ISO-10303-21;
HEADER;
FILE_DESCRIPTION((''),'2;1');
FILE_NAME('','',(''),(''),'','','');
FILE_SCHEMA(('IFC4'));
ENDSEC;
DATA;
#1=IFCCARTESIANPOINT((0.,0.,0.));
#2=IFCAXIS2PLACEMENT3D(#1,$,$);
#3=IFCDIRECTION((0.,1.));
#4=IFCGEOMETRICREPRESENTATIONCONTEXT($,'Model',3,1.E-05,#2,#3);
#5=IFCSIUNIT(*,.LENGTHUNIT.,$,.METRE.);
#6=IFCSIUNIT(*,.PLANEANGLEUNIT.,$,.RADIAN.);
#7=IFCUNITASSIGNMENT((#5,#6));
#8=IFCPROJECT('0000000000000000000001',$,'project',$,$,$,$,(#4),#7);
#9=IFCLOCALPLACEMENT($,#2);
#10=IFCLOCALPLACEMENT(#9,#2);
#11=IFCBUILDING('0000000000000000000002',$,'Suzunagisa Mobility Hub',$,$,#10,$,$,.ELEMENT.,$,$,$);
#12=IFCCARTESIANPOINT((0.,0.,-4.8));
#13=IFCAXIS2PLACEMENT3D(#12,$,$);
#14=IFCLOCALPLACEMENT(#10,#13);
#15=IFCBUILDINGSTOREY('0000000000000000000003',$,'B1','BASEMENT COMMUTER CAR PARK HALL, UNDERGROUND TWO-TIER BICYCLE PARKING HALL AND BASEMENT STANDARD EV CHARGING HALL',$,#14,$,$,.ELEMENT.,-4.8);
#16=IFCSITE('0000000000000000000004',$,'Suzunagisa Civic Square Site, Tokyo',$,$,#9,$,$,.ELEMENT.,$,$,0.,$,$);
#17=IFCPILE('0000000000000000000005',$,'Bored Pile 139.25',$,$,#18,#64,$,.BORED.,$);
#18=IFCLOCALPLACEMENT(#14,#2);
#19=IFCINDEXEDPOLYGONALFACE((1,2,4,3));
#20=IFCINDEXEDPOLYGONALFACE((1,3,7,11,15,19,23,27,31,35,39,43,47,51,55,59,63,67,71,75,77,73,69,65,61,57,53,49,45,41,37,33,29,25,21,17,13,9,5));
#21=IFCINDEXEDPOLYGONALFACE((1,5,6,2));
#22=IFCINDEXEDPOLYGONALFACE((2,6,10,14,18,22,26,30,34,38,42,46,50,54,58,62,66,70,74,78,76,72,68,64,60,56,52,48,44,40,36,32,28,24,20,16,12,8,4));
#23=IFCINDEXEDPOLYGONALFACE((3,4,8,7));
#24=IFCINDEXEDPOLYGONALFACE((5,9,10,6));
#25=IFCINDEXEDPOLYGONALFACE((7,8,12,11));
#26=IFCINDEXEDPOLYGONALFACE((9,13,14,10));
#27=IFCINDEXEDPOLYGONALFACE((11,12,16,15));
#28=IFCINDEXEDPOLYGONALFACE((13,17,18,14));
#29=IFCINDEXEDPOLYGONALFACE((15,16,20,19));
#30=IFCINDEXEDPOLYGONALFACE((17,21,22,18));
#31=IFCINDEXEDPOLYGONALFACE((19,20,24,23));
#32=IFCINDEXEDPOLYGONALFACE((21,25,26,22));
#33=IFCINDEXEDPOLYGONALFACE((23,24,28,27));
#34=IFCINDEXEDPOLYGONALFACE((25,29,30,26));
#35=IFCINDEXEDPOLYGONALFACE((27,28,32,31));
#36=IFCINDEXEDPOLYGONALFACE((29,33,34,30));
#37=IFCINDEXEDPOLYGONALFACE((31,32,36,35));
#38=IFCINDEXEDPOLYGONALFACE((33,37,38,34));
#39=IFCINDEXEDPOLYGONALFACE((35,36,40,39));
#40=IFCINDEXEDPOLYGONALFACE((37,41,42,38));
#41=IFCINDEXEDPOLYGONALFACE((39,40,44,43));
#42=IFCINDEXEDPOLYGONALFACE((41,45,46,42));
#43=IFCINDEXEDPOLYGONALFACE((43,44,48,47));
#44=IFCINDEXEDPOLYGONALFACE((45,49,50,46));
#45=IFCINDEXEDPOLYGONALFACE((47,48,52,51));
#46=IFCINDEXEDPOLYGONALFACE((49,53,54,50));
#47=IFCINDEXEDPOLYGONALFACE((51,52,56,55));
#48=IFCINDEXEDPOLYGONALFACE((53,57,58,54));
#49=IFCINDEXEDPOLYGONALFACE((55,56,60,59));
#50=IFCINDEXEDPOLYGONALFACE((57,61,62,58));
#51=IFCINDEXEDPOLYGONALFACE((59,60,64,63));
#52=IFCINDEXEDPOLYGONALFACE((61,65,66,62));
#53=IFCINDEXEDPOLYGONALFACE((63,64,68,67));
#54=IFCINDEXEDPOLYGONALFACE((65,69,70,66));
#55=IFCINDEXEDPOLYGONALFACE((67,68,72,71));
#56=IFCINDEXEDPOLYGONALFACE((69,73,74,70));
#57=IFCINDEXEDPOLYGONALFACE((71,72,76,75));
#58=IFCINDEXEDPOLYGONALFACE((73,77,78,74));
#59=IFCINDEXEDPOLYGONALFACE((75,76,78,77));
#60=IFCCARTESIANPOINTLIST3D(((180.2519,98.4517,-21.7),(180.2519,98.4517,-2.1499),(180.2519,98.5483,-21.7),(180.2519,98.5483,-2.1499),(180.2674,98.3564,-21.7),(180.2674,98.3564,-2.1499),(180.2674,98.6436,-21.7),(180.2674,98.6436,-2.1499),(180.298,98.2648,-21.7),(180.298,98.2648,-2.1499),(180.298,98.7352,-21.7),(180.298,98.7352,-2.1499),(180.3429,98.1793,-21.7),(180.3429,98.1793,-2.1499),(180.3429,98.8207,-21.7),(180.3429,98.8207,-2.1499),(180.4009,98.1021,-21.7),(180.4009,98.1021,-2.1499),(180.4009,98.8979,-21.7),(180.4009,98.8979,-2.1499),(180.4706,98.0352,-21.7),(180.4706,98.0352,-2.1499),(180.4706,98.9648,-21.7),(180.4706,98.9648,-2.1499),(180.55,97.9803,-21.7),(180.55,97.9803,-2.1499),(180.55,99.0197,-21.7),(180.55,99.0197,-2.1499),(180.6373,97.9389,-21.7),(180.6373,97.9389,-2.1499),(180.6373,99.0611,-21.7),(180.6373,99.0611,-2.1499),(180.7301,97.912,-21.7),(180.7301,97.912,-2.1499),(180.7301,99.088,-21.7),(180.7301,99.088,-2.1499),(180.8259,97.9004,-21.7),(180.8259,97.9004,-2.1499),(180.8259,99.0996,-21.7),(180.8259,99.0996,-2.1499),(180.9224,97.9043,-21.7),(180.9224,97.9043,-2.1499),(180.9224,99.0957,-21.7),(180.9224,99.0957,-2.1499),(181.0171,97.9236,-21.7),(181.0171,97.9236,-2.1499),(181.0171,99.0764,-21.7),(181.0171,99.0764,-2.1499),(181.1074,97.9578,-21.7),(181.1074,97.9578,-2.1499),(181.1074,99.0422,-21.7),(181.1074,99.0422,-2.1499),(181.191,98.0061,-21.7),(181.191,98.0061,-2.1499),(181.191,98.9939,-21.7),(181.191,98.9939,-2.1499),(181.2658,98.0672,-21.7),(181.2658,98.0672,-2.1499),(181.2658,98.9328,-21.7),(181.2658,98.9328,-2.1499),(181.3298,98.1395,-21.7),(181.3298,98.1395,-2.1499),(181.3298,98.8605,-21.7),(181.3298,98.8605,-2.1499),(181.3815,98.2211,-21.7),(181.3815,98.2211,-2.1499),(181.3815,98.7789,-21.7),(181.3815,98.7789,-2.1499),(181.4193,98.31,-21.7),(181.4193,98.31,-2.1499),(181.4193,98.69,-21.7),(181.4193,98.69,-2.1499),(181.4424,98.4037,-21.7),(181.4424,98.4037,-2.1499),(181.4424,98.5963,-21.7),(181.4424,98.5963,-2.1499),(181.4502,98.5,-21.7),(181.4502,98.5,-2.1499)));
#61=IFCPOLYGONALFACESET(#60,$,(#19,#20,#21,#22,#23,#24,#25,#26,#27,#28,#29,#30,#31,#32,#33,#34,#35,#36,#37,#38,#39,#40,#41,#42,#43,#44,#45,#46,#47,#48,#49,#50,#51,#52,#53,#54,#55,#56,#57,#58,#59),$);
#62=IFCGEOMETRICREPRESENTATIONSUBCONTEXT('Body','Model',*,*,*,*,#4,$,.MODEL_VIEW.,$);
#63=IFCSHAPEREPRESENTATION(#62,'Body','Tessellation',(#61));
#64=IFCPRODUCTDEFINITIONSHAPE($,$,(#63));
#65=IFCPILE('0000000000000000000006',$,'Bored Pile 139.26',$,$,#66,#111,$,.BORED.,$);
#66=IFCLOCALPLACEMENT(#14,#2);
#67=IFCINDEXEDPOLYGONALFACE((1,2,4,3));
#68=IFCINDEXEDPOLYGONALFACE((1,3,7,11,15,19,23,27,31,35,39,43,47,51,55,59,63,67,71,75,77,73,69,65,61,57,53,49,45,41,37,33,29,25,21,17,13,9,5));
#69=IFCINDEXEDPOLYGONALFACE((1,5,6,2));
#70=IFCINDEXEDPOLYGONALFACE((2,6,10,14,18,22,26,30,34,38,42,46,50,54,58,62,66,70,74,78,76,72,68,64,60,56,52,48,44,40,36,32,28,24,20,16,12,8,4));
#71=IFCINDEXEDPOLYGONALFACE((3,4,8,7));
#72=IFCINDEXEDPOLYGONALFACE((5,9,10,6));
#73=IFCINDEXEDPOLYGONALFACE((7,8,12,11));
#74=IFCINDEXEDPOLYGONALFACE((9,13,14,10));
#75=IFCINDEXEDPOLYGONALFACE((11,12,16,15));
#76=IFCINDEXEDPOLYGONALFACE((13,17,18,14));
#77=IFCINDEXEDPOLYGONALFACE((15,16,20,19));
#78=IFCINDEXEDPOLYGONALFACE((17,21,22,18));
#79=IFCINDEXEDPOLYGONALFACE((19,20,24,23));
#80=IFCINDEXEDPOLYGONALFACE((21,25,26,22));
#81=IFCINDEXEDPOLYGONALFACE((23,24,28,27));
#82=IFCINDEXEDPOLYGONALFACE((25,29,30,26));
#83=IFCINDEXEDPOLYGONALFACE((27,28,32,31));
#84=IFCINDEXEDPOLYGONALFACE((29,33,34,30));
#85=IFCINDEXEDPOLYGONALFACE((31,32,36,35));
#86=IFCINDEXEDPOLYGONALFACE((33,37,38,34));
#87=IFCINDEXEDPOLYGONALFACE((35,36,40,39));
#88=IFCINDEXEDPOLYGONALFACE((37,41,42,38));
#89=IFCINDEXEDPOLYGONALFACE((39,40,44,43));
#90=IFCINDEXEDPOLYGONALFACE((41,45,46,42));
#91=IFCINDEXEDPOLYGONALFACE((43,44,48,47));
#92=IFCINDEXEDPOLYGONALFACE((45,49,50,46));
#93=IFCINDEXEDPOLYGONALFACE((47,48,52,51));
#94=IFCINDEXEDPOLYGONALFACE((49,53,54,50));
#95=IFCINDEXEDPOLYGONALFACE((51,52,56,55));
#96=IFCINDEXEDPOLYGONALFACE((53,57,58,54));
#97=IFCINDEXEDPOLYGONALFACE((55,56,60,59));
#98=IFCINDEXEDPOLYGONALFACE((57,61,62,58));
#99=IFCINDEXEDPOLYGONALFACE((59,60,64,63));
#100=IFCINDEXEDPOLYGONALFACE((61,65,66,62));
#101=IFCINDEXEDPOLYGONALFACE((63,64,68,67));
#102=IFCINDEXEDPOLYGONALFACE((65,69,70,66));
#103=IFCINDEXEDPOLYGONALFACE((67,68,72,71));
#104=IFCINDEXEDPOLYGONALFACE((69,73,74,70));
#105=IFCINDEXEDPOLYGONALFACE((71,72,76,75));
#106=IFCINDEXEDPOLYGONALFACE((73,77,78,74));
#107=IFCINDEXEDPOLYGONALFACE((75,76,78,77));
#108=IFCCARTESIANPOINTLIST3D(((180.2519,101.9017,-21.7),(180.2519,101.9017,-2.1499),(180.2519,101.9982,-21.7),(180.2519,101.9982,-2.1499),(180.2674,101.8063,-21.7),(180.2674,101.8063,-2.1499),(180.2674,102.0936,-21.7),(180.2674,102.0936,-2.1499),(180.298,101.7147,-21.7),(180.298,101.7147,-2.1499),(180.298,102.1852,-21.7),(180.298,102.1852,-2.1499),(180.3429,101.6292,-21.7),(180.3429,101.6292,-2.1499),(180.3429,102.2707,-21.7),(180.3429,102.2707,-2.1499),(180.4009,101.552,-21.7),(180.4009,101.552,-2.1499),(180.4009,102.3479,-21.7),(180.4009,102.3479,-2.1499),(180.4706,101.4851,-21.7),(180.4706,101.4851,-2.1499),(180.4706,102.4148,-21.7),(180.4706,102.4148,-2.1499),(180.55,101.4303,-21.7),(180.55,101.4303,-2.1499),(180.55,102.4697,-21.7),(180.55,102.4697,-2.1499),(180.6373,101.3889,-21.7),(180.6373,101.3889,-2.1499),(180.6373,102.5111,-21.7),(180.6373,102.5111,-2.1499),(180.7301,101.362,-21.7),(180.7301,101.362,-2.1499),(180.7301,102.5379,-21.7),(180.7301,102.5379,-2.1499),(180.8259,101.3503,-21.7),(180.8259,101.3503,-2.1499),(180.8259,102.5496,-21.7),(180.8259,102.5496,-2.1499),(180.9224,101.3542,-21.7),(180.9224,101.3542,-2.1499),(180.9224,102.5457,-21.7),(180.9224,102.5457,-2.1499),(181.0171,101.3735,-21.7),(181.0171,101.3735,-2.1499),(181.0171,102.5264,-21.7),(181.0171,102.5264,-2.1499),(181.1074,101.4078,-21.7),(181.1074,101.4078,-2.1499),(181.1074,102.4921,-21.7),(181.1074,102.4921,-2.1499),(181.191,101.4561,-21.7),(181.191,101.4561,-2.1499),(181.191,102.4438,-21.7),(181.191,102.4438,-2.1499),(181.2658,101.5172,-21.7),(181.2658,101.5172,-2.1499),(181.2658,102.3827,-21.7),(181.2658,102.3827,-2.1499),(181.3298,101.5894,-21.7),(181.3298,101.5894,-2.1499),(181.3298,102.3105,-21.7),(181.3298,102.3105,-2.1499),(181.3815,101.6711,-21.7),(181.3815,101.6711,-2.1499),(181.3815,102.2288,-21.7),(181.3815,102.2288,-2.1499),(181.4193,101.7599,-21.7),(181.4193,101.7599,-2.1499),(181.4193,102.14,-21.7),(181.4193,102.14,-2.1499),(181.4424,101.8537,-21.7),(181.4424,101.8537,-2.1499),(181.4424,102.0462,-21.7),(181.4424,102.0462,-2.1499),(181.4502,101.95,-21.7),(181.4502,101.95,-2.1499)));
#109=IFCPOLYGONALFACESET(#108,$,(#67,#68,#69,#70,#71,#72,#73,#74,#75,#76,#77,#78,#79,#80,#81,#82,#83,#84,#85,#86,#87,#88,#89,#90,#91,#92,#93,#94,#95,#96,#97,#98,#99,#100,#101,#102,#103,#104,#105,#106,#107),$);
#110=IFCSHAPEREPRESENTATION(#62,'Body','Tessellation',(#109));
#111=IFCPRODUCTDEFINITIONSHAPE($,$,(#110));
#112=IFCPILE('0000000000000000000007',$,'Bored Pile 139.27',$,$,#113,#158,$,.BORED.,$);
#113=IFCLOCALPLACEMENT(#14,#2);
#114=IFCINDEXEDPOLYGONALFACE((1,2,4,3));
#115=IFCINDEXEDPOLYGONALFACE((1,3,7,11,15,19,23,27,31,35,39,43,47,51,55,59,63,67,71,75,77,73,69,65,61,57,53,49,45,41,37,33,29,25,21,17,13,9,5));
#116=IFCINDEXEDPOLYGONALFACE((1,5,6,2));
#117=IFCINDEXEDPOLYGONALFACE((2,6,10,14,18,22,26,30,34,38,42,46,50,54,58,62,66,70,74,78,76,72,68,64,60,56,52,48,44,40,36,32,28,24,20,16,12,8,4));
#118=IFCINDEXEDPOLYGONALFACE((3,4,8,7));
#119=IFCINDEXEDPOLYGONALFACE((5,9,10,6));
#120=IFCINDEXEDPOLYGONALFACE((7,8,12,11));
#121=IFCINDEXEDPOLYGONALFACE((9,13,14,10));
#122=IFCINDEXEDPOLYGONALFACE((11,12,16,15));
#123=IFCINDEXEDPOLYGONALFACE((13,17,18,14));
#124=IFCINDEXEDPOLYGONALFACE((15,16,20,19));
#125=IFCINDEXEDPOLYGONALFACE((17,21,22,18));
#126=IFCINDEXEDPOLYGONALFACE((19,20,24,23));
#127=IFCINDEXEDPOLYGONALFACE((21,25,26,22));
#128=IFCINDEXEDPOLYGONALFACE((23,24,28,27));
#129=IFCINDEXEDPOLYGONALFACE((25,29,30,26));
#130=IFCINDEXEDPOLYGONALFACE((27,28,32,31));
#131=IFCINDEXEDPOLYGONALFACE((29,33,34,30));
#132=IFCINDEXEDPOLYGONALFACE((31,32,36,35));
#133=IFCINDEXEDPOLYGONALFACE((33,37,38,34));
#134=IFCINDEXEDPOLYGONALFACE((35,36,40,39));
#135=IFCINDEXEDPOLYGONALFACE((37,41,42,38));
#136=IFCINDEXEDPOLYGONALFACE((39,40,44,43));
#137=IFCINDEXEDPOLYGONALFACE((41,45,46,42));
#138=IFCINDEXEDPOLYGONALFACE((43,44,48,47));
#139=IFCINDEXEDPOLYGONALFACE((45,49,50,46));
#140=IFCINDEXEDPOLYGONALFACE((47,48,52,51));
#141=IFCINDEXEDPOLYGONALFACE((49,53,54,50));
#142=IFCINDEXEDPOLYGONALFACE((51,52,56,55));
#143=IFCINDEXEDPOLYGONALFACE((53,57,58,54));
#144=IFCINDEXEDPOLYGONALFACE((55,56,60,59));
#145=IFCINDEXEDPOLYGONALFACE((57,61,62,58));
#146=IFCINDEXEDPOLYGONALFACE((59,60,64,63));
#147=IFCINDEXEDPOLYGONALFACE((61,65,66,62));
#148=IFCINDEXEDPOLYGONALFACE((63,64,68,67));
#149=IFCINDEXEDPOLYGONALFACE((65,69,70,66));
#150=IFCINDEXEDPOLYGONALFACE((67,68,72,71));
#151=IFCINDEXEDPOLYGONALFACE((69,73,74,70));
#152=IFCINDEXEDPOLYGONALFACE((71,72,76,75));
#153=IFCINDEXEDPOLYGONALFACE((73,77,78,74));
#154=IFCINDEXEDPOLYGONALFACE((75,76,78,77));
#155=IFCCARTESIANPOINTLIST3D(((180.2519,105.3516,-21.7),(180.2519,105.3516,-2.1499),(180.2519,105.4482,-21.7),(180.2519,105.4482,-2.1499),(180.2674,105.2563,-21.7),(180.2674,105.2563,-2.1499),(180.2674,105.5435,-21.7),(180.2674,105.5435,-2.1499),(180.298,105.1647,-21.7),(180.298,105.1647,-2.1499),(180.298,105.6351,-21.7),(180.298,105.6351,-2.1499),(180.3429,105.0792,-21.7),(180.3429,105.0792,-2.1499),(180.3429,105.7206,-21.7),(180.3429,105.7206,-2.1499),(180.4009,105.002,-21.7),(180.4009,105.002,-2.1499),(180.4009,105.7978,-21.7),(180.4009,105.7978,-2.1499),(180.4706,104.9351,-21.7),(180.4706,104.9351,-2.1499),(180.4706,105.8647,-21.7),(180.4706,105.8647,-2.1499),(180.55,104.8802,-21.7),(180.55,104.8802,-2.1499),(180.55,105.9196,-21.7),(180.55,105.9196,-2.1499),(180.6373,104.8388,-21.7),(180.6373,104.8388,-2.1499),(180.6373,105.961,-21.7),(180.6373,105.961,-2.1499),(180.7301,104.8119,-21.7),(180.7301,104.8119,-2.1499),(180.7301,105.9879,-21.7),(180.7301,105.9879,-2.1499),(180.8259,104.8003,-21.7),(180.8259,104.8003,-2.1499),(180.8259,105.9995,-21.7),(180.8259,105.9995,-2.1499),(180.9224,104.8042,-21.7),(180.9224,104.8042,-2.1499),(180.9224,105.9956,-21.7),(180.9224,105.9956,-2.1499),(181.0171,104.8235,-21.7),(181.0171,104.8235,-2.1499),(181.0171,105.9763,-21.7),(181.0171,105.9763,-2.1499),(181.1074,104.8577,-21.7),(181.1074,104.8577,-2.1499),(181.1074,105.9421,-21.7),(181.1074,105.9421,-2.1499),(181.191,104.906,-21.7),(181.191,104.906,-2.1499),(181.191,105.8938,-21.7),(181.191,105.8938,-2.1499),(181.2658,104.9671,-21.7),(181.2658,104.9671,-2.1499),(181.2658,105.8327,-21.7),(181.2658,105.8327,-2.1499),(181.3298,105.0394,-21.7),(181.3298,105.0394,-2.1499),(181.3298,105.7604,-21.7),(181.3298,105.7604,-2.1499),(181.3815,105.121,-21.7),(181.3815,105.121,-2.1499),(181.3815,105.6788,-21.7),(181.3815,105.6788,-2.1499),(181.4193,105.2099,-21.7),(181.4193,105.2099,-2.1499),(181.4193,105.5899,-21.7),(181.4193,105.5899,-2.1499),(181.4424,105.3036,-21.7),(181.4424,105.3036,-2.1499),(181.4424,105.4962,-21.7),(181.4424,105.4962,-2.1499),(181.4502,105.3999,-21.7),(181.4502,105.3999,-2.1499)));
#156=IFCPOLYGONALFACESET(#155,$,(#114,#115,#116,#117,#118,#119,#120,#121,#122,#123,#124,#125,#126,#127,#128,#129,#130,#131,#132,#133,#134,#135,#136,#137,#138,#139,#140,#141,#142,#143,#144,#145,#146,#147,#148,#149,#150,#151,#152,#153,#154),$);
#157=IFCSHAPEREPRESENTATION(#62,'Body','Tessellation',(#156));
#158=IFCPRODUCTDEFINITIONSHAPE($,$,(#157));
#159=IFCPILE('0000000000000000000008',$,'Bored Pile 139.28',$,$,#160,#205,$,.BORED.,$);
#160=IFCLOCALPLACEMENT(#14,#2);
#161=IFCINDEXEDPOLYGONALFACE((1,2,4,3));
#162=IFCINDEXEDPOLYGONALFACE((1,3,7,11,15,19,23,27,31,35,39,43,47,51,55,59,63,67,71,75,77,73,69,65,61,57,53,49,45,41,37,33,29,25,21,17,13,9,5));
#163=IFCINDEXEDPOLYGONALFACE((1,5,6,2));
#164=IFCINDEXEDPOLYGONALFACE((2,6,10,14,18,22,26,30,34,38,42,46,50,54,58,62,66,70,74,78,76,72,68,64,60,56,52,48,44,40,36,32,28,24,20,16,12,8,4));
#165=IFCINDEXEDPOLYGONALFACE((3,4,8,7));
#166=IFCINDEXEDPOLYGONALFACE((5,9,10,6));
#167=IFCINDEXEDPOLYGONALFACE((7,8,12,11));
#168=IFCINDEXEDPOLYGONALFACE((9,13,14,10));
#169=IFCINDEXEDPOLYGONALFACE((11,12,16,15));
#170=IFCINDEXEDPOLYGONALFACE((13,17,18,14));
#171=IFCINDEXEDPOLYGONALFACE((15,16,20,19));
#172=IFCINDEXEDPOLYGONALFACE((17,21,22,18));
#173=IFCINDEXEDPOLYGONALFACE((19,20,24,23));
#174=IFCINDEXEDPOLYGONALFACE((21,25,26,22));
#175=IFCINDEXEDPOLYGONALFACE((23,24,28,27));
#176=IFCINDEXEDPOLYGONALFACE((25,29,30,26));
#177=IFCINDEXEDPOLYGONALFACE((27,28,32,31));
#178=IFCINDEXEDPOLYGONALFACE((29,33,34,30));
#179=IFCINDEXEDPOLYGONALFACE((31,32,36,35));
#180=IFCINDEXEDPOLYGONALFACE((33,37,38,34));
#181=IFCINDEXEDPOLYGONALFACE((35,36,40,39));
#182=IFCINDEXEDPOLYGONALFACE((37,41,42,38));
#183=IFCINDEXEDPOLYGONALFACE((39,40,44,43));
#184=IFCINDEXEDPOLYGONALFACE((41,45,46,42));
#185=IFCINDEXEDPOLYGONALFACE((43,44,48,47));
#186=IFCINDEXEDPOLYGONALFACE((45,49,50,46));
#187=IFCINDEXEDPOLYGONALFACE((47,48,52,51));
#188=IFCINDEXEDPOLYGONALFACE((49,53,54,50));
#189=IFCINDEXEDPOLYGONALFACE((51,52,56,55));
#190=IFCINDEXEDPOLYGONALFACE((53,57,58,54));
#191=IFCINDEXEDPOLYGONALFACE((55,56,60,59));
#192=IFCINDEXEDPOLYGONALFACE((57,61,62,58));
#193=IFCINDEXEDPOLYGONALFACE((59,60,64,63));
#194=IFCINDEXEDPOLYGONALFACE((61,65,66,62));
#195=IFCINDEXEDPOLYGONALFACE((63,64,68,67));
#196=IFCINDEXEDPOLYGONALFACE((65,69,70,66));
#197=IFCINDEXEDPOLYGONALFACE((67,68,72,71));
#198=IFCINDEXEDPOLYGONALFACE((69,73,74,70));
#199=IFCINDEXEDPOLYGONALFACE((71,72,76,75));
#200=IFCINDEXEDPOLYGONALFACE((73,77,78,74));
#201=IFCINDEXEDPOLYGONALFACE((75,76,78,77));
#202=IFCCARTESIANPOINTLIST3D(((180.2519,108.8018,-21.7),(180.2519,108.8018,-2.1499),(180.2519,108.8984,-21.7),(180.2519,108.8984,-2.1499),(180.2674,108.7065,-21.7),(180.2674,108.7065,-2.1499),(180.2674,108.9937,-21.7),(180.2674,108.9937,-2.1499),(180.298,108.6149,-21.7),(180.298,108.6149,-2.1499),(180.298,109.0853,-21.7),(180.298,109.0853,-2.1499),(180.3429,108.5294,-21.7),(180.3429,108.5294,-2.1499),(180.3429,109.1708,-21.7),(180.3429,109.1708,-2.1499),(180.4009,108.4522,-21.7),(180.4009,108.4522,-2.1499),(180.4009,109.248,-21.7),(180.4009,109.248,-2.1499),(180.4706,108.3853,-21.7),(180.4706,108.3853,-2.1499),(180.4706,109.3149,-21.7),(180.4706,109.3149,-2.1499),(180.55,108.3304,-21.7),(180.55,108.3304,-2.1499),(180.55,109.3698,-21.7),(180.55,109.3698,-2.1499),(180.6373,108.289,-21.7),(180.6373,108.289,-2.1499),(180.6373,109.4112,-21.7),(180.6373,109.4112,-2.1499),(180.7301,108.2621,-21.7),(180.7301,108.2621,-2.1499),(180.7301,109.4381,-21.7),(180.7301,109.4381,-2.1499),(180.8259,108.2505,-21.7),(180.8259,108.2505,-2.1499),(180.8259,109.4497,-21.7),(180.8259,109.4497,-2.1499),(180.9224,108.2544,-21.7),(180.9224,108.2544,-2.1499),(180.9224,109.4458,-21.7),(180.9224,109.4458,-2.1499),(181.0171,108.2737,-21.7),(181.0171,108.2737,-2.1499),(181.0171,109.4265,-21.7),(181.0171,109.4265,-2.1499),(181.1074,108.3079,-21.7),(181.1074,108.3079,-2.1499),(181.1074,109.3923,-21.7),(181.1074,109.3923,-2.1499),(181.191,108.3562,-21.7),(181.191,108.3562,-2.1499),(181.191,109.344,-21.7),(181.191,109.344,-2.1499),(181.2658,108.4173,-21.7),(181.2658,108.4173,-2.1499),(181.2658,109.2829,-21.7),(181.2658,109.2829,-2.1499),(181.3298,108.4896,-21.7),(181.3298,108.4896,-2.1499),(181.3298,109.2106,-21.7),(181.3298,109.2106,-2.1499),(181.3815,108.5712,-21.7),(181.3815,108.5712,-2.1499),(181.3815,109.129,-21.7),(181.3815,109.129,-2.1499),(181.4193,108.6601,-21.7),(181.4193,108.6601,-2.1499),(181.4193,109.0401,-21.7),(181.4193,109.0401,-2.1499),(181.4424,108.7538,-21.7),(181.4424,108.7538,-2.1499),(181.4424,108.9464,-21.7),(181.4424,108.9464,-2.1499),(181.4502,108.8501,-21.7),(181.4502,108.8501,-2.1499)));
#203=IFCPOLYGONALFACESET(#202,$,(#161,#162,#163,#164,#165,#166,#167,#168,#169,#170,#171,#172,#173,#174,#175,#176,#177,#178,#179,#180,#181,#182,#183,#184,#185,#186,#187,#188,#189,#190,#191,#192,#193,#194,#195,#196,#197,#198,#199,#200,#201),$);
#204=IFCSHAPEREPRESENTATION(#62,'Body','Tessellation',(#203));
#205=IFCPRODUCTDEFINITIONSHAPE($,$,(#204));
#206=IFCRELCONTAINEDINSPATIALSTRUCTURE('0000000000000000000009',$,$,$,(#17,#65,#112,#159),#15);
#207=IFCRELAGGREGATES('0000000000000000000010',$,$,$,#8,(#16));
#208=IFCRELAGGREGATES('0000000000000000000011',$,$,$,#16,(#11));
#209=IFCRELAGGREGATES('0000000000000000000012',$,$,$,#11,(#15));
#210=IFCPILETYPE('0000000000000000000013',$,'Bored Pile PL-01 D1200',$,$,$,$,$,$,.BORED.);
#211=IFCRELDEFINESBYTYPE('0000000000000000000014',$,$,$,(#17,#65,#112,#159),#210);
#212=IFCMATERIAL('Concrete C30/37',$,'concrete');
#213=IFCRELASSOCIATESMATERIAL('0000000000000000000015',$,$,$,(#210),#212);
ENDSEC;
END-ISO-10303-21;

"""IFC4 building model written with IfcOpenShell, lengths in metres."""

from ifc_helpers import new_model, si_unit, direction, frame, origin, origin_2d, place, context, subcontext, project, spatial, circle, extrude, material, material_profile, profile_set, type_object, element, save


model = new_model("IFC4")

# Units and contexts
model_context = context("Model", 3, precision=1e-05, world=origin(), true_north=direction((0.0, 1.0)))
body_context = subcontext(model_context, "Body", "Model", "MODEL_VIEW")
ifc_project = project(units=[si_unit("LENGTHUNIT", "METRE"), si_unit("PLANEANGLEUNIT", "RADIAN")], contexts=[model_context])

# Site, building, storey
site_placement = place(None, origin())
site = spatial("IfcSite", under=ifc_project, at=site_placement, Name="Suzunagisa Civic Square Site, Tokyo", CompositionType="ELEMENT", RefElevation=0.0)
building_placement = place(site_placement, origin())
building = spatial("IfcBuilding", under=site, at=building_placement, Name="Suzunagisa Mobility Hub", CompositionType="ELEMENT")
storey_placement = place(building_placement, frame((0.0, 0.0, -4.8)))
storey = spatial("IfcBuildingStorey", under=building, at=storey_placement, Name="B1", Description="BASEMENT COMMUTER CAR PARK HALL, UNDERGROUND TWO-TIER BICYCLE PARKING HALL AND BASEMENT STANDARD EV CHARGING HALL", CompositionType="ELEMENT", Elevation=-4.8)

# Piles
ifc_material_1 = material(Name="Concrete C30/37", Category="concrete")
ifc_material_profile_1 = material_profile(ifc_material_1, circle(Radius=0.6001, at=origin_2d()), Name="BORED PILE D1200")
ifc_profile_set_1 = profile_set([ifc_material_profile_1], Name="Concrete C30/37")
pile_type = type_object("IfcPileType", Name="Bored Pile PL-01 D1200", PredefinedType="BORED", material=ifc_profile_set_1)
for number, where, z_axis, x_axis, name in (
    (1, (180.8501, 98.5, -2.1499), (0.0, 0.0, -1.0), (1.0, 0.0, 0.0), "Bored Pile 139.25"),
    (2, (180.8501, 101.95, -2.1499), (0.0, 0.0, -1.0), (1.0, 0.0, 0.0), "Bored Pile 139.26"),
    (3, (180.8501, 105.3999, -2.1499), (0.0, 0.0, -1.0), (1.0, 0.0, 0.0), "Bored Pile 139.27"),
    (4, (180.8501, 108.8501, -2.1499), (0.0, 0.0, -1.0), (1.0, 0.0, 0.0), "Bored Pile 139.28"),
):
    element("IfcPile", number, at=place(storey_placement, frame(where, z_axis=z_axis, x_axis=x_axis)), inside=storey, type_object=pile_type, Name=name, PredefinedType="BORED", context=body_context, shape_type="SweptSolid", body=[
        extrude(circle(Radius=0.6001, at=origin_2d()), origin(), (0.0, 0.0, 1.0), 19.55),
    ])

save(model, "model.ifc")
